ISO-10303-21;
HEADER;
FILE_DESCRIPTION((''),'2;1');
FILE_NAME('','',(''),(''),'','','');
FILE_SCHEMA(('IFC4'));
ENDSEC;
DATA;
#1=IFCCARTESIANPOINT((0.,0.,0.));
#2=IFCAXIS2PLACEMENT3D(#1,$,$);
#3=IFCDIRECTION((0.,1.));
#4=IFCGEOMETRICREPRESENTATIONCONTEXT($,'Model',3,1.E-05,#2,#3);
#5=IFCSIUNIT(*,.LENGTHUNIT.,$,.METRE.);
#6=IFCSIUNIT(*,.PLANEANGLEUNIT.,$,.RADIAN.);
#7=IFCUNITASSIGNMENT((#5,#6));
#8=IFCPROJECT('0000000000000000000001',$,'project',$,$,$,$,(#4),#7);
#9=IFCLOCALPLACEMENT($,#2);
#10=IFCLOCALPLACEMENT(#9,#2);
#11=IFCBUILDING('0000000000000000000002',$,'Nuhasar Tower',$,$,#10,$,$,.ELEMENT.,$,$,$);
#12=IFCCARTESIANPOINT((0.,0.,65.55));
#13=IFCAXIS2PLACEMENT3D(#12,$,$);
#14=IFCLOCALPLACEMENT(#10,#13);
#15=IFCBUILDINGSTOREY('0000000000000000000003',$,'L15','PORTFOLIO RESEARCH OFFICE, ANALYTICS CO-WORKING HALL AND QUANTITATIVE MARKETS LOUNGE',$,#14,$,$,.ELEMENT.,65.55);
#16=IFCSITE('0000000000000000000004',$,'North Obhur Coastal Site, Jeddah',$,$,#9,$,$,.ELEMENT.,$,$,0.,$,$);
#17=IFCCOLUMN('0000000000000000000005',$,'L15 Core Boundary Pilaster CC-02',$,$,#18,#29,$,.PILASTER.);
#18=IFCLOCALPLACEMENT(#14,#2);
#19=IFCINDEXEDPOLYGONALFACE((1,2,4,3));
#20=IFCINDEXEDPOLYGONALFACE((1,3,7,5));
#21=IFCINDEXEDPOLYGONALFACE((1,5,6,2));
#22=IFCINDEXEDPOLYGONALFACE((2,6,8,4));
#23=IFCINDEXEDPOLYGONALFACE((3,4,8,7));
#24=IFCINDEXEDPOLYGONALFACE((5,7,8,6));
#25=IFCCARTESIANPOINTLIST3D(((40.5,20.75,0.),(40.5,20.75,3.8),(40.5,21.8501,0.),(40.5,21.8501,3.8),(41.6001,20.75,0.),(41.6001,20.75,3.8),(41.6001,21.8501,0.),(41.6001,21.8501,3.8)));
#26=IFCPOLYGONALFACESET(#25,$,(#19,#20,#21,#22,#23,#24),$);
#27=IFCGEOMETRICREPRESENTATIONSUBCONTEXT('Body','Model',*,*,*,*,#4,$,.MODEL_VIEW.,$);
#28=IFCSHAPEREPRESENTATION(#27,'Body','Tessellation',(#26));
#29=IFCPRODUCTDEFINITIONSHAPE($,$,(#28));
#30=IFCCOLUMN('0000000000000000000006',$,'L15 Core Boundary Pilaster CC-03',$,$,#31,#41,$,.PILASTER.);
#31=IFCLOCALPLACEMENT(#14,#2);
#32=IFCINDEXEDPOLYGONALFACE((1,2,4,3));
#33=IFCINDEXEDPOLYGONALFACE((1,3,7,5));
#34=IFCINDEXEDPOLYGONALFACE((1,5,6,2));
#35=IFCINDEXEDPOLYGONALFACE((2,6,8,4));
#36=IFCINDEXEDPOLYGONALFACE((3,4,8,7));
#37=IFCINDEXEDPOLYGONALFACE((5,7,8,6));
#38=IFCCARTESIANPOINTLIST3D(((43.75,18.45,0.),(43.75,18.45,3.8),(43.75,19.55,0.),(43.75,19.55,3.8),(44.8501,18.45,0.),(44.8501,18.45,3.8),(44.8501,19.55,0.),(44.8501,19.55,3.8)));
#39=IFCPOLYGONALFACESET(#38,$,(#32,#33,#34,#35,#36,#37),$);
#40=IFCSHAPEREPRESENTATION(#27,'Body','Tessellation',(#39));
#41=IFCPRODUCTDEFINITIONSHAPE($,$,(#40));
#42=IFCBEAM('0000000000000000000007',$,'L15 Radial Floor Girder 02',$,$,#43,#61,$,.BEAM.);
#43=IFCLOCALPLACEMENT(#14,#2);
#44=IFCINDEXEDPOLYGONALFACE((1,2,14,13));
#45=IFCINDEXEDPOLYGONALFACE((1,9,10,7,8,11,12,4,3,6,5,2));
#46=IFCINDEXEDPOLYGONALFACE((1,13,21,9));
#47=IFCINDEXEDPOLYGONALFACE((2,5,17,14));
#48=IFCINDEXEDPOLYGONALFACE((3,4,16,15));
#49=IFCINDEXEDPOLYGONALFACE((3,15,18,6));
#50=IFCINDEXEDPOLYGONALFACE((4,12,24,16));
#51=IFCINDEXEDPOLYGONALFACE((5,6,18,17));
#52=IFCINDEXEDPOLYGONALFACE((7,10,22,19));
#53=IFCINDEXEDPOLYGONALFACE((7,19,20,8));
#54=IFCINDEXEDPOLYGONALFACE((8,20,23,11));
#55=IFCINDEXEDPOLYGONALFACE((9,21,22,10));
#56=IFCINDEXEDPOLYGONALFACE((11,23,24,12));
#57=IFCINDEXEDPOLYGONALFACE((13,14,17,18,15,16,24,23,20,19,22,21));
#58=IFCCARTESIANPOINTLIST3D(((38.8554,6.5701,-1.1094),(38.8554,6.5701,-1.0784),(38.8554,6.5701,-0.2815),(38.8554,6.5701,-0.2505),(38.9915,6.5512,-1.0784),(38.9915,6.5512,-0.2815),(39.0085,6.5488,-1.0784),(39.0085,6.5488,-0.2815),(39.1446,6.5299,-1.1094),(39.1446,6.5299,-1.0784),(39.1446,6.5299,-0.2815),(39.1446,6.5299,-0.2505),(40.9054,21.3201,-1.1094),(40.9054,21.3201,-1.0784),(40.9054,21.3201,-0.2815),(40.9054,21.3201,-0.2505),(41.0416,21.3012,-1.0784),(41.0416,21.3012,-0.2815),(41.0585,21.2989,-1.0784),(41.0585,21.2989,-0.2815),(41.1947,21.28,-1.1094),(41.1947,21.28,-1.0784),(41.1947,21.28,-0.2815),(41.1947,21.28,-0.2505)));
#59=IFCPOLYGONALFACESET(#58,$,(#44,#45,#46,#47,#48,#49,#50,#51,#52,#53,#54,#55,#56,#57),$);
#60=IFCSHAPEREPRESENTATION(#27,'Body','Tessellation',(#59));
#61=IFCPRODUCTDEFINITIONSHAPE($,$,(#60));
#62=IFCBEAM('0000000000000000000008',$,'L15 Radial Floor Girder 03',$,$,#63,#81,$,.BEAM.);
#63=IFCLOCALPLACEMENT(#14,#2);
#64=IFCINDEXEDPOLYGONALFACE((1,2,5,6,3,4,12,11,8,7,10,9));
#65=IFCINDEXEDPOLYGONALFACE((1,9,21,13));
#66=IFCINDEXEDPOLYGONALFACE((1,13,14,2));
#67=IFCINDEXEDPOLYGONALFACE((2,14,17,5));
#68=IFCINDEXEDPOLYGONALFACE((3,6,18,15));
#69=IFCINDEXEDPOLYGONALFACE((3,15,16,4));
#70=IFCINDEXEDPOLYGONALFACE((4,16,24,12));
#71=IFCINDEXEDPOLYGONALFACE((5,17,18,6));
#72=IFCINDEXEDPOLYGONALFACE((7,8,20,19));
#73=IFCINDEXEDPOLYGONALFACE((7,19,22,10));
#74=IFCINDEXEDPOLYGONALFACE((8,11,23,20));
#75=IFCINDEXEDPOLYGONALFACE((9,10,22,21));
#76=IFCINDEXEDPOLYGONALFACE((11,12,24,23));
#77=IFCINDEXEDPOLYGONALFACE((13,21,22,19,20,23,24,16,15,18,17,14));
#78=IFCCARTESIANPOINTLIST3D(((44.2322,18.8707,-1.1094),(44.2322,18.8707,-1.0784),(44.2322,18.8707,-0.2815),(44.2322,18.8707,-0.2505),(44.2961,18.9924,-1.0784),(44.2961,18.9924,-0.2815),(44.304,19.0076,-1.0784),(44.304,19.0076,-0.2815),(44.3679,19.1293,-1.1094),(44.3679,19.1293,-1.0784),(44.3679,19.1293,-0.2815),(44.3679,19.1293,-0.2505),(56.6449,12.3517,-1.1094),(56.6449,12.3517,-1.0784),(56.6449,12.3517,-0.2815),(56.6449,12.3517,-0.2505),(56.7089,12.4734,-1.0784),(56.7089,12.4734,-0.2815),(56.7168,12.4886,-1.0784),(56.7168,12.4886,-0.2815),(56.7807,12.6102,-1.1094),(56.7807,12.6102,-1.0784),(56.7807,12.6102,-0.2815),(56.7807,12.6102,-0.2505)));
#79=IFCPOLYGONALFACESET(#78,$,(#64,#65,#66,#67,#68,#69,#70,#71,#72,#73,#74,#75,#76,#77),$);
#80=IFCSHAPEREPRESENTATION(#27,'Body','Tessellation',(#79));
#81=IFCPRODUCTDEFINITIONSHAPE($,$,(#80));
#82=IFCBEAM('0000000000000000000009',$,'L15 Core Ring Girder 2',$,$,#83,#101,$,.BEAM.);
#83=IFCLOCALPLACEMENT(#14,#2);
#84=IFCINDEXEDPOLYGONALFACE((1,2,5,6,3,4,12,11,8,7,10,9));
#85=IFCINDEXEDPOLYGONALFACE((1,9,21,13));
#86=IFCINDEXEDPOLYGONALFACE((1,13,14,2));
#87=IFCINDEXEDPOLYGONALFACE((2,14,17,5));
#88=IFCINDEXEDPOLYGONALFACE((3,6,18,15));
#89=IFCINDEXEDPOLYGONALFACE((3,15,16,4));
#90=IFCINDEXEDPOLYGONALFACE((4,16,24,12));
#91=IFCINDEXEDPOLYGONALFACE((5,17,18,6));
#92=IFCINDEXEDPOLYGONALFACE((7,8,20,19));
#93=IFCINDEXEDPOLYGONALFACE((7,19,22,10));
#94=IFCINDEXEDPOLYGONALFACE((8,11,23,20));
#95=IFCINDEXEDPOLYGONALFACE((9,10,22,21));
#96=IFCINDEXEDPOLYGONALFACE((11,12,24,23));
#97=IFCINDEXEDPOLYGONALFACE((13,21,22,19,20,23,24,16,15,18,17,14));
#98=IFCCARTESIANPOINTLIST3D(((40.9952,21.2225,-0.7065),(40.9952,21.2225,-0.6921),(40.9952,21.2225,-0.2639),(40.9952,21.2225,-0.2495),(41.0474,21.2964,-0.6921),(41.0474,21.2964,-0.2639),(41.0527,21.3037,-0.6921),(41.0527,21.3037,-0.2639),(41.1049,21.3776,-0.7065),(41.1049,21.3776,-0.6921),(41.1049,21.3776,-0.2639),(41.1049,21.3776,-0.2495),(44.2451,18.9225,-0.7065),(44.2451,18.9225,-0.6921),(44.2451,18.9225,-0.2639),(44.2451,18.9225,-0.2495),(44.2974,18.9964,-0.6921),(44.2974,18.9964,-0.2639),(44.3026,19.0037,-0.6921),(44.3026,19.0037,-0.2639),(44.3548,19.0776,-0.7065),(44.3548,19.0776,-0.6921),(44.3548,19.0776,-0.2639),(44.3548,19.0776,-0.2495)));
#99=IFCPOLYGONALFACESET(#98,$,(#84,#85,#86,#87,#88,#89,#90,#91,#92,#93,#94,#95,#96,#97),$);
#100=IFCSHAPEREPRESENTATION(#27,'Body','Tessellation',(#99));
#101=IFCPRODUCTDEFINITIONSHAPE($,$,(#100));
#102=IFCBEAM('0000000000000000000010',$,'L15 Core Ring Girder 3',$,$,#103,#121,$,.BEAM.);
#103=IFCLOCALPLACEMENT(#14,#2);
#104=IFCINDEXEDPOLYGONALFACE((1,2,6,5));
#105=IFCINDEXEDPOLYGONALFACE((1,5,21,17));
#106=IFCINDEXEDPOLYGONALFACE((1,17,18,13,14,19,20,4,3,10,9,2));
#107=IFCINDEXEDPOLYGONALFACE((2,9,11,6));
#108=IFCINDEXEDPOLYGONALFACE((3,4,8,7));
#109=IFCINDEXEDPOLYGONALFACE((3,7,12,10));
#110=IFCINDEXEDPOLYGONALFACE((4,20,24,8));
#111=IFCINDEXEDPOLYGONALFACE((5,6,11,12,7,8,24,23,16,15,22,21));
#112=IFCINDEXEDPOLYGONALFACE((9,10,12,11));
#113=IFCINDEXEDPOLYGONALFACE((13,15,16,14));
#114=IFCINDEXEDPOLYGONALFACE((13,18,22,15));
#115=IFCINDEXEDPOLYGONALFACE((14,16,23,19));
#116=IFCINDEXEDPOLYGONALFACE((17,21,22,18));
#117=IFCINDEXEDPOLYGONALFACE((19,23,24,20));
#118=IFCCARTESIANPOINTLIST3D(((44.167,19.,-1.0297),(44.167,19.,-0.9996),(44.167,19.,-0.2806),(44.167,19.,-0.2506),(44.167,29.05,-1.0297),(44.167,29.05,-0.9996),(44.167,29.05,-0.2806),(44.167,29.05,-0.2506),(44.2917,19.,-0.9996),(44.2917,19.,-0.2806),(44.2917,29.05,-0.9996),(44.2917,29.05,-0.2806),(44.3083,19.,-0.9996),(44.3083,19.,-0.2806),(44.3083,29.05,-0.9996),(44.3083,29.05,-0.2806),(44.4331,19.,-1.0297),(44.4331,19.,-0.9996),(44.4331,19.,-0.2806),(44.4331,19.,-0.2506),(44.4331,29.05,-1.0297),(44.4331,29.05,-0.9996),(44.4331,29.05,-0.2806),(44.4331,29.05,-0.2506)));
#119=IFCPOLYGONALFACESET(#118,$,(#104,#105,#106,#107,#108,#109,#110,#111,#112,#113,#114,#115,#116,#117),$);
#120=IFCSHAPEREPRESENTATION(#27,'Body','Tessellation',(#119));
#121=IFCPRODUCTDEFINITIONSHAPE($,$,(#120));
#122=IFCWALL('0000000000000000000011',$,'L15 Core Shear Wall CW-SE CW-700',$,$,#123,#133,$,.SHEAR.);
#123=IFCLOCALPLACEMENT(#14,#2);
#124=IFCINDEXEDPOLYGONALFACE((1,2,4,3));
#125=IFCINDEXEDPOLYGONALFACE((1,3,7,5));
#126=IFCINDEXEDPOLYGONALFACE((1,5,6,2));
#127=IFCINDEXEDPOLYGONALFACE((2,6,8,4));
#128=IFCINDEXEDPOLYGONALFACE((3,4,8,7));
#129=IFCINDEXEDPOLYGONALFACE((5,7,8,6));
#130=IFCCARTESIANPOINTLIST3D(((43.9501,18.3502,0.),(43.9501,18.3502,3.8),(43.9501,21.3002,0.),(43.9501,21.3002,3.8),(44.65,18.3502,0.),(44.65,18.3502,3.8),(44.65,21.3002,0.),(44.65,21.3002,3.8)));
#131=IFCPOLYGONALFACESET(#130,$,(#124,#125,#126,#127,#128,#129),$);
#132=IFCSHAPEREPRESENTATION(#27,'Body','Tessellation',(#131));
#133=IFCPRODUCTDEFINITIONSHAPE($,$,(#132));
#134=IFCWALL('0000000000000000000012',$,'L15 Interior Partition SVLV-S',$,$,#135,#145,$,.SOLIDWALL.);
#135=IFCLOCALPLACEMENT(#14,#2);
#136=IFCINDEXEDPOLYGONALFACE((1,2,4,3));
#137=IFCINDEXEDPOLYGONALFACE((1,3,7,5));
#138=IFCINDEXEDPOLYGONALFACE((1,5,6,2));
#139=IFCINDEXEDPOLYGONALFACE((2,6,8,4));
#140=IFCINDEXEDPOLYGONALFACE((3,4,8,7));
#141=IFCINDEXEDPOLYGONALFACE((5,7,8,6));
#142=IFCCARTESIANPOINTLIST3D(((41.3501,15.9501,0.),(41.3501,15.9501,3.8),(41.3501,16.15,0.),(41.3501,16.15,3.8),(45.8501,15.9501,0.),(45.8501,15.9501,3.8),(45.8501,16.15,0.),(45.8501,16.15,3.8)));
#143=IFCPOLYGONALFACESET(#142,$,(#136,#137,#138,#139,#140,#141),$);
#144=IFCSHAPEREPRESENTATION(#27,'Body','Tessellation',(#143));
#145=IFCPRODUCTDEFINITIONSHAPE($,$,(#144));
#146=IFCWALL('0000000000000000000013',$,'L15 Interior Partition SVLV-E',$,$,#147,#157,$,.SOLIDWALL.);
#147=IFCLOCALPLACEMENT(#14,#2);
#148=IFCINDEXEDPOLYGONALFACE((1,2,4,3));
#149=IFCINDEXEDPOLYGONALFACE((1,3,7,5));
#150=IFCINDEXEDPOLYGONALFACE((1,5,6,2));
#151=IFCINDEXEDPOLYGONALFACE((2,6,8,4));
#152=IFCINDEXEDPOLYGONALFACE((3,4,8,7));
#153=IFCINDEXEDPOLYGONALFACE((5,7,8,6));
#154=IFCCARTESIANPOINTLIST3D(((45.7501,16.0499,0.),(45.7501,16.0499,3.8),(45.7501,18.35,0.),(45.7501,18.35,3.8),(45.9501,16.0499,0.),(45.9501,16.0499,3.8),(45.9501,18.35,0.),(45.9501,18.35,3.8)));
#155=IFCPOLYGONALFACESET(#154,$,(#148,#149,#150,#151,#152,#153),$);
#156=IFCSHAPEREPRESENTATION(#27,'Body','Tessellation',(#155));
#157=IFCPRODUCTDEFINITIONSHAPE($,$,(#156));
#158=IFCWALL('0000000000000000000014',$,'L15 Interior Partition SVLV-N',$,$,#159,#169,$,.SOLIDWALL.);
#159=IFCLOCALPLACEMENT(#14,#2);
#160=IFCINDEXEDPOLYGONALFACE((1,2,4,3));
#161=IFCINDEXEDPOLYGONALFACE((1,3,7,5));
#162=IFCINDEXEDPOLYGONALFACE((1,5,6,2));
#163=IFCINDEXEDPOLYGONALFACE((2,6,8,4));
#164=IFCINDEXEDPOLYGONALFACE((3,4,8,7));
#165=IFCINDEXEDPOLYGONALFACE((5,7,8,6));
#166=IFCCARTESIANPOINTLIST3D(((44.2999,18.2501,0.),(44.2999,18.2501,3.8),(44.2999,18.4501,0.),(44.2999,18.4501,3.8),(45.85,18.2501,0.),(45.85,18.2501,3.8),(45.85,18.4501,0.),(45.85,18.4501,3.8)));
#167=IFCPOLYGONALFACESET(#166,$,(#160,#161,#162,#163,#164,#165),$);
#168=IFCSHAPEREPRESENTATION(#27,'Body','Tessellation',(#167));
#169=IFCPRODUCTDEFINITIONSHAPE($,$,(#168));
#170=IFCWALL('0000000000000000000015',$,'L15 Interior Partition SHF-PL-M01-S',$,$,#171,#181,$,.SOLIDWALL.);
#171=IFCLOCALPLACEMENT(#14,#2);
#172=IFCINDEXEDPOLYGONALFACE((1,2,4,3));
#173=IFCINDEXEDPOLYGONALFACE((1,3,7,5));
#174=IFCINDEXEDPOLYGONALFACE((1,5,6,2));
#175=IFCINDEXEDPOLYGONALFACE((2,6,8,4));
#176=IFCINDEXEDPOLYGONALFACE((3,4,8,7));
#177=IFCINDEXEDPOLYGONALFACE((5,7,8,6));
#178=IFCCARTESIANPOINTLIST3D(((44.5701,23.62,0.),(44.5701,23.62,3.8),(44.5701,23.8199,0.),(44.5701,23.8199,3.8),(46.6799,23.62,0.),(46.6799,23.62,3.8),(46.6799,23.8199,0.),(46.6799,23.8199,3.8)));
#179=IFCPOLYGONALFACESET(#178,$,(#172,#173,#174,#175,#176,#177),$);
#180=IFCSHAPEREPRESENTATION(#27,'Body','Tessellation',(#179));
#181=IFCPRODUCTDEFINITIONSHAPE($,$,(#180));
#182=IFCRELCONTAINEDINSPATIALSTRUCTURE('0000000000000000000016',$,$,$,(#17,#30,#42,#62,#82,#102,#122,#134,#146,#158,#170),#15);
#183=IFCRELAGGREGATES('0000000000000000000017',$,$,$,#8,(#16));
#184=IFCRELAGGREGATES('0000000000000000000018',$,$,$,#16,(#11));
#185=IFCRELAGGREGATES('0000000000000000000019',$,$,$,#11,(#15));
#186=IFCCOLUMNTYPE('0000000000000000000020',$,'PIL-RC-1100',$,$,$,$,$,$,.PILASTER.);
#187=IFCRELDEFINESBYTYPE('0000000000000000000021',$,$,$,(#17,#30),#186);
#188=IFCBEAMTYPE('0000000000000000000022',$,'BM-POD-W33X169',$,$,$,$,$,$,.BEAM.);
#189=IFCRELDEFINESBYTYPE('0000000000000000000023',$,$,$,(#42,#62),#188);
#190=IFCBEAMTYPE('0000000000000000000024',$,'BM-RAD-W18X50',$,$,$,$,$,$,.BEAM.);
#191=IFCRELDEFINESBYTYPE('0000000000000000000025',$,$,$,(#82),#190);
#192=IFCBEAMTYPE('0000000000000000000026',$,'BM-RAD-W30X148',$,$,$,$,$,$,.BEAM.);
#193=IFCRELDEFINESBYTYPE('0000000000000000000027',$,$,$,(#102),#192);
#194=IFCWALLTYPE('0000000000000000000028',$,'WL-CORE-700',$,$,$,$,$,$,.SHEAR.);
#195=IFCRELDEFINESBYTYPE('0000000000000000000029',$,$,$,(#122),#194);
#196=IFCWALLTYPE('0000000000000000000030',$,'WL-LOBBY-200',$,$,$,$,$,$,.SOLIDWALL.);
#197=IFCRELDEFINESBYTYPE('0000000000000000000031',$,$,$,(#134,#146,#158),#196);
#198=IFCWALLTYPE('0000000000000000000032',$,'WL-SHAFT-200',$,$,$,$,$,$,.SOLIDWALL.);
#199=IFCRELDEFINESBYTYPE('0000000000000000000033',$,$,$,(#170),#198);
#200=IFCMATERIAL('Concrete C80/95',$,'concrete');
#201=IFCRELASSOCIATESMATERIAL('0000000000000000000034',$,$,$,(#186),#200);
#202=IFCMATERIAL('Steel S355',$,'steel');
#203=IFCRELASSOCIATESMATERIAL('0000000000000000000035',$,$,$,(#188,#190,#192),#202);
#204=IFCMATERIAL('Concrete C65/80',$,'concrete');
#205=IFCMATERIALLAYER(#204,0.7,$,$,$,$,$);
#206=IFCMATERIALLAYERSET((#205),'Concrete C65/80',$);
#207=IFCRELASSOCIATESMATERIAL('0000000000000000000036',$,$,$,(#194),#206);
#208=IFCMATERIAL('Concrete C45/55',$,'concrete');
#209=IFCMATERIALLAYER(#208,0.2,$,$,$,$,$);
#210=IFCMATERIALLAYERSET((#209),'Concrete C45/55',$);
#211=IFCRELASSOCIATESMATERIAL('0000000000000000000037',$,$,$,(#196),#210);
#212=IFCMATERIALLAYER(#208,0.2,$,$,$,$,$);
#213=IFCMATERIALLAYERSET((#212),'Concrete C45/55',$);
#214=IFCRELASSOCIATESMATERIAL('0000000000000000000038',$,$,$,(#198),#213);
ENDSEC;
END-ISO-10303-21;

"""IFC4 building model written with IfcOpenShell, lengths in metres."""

from ifc_helpers import new_model, si_unit, direction, frame, frame_2d, origin, origin_2d, place, context, subcontext, project, spatial, rectangle, i_section, extrude, material, layer, layer_set, material_profile, profile_set, type_object, element, save


model = new_model("IFC4")

# Units and contexts
model_context = context("Model", 3, precision=1e-05, world=origin(), true_north=direction((0.0, 1.0)))
body_context = subcontext(model_context, "Body", "Model", "MODEL_VIEW")
ifc_project = project(units=[si_unit("LENGTHUNIT", "METRE"), si_unit("PLANEANGLEUNIT", "RADIAN")], contexts=[model_context])

# Site, building, storey
site_placement = place(None, origin())
site = spatial("IfcSite", under=ifc_project, at=site_placement, Name="North Obhur Coastal Site, Jeddah", CompositionType="ELEMENT", RefElevation=0.0)
building_placement = place(site_placement, origin())
building = spatial("IfcBuilding", under=site, at=building_placement, Name="Nuhasar Tower", CompositionType="ELEMENT")
storey_placement = place(building_placement, frame((0.0, 0.0, 65.55)))
storey = spatial("IfcBuildingStorey", under=building, at=storey_placement, Name="L15", Description="PORTFOLIO RESEARCH OFFICE, ANALYTICS CO-WORKING HALL AND QUANTITATIVE MARKETS LOUNGE", CompositionType="ELEMENT", Elevation=65.55)

# Columns
ifc_material_1 = material(Name="Concrete C80/95", Category="concrete")
ifc_material_profile_1 = material_profile(ifc_material_1, rectangle(XDim=1.1001, YDim=1.1001, at=origin_2d()), Name="RC1100X1100")
ifc_profile_set_1 = profile_set([ifc_material_profile_1], Name="Concrete C80/95")
column_type = type_object("IfcColumnType", Name="PIL-RC-1100", PredefinedType="PILASTER", material=ifc_profile_set_1)
for number, where, z_axis, x_axis, name in (
    (1, (41.05, 21.3, 0.0), (0.0, 0.0, 1.0), (1.0, 0.0, 0.0), "L15 Core Boundary Pilaster CC-02"),
    (2, (44.3, 19.0, 0.0), (0.0, 0.0, 1.0), (1.0, 0.0, 0.0), "L15 Core Boundary Pilaster CC-03"),
):
    element("IfcColumn", number, at=place(storey_placement, frame(where, z_axis=z_axis, x_axis=x_axis)), inside=storey, type_object=column_type, Name=name, PredefinedType="PILASTER", context=body_context, shape_type="SweptSolid", body=[
        extrude(rectangle(XDim=1.1001, YDim=1.1001, at=origin_2d()), origin(), (0.0, 0.0, 1.0), 3.8),
    ])

# Beams
ifc_material_2 = material(Name="Steel S355", Category="steel")
ifc_material_profile_2 = material_profile(ifc_material_2, i_section(OverallWidth=0.292, OverallDepth=0.8589, WebThickness=0.0171, FlangeThickness=0.031, at=origin_2d()), Name="W33X169")
ifc_profile_set_2 = profile_set([ifc_material_profile_2], Name="Steel S355")
beam_type_1 = type_object("IfcBeamType", Name="BM-POD-W33X169", PredefinedType="BEAM", material=ifc_profile_set_2)
beam_1_placement = place(storey_placement, frame((41.05, 21.3, -0.6799), z_axis=(-0.137663, -0.990479, 0.0), x_axis=(0.990479, -0.137663, 0.0)))
element("IfcBeam", 3, at=beam_1_placement, inside=storey, type_object=beam_type_1, Name="L15 Radial Floor Girder 02", PredefinedType="BEAM", context=body_context, shape_type="SweptSolid", body=[
    extrude(i_section(OverallWidth=0.292, OverallDepth=0.8589, WebThickness=0.0171, FlangeThickness=0.031, at=origin_2d()), origin(), (0.0, 0.0, 1.0), 14.8918),
])
beam_2_placement = place(storey_placement, frame((44.3, 19.0, -0.6799), z_axis=(0.88533, -0.464963, 0.0), x_axis=(0.464963, 0.88533, 0.0)))
element("IfcBeam", 4, at=beam_2_placement, inside=storey, type_object=beam_type_1, Name="L15 Radial Floor Girder 03", PredefinedType="BEAM", context=body_context, shape_type="SweptSolid", body=[
    extrude(i_section(OverallWidth=0.292, OverallDepth=0.8589, WebThickness=0.0171, FlangeThickness=0.031, at=origin_2d()), origin(), (0.0, 0.0, 1.0), 14.0205),
])
ifc_material_profile_3 = material_profile(ifc_material_2, i_section(OverallWidth=0.1899, OverallDepth=0.457, WebThickness=0.009, FlangeThickness=0.0144, at=origin_2d()), Name="W18X50")
ifc_profile_set_3 = profile_set([ifc_material_profile_3], Name="Steel S355")
beam_type_2 = type_object("IfcBeamType", Name="BM-RAD-W18X50", PredefinedType="BEAM", material=ifc_profile_set_3)
beam_3_placement = place(storey_placement, frame((41.05, 21.3, -0.478), z_axis=(0.816265, -0.577677, 0.0), x_axis=(0.577677, 0.816265, 0.0)))
element("IfcBeam", 5, at=beam_3_placement, inside=storey, type_object=beam_type_2, Name="L15 Core Ring Girder 2", PredefinedType="BEAM", context=body_context, shape_type="SweptSolid", body=[
    extrude(i_section(OverallWidth=0.1899, OverallDepth=0.457, WebThickness=0.009, FlangeThickness=0.0144, at=origin_2d()), origin(), (0.0, 0.0, 1.0), 3.9814),
])
ifc_material_profile_4 = material_profile(ifc_material_2, i_section(OverallWidth=0.2661, OverallDepth=0.7791, WebThickness=0.0166, FlangeThickness=0.03, at=origin_2d()), Name="W30X148")
ifc_profile_set_4 = profile_set([ifc_material_profile_4], Name="Steel S355")
beam_type_3 = type_object("IfcBeamType", Name="BM-RAD-W30X148", PredefinedType="BEAM", material=ifc_profile_set_4)
beam_4_placement = place(storey_placement, frame((44.3, 19.0, -0.6401), z_axis=(0.0, 1.0, 0.0), x_axis=(-1.0, 0.0, 0.0)))
element("IfcBeam", 6, at=beam_4_placement, inside=storey, type_object=beam_type_3, Name="L15 Core Ring Girder 3", PredefinedType="BEAM", context=body_context, shape_type="SweptSolid", body=[
    extrude(i_section(OverallWidth=0.2661, OverallDepth=0.7791, WebThickness=0.0166, FlangeThickness=0.03, at=origin_2d()), origin(), (0.0, 0.0, 1.0), 10.05),
])

# Wall
ifc_material_3 = material(Name="Concrete C65/80", Category="concrete")
ifc_layer_1 = layer(ifc_material_3, 0.7)
ifc_layer_set_1 = layer_set([ifc_layer_1], Name="Concrete C65/80")
wall_type_1 = type_object("IfcWallType", Name="WL-CORE-700", PredefinedType="SHEAR", material=ifc_layer_set_1)
wall_1_placement = place(storey_placement, frame((44.3, 18.3501, 0.0), z_axis=(0.0, 0.0, 1.0), x_axis=(0.0, 1.0, 0.0)))
element("IfcWall", 7, at=wall_1_placement, inside=storey, type_object=wall_type_1, Name="L15 Core Shear Wall CW-SE CW-700", PredefinedType="SHEAR", context=body_context, shape_type="SweptSolid", body=[
    extrude(rectangle(XDim=2.95, YDim=0.7, at=frame_2d((1.4751, 0.0))), origin(), (0.0, 0.0, 1.0), 3.8),
])

# Shared definitions
ifc_material_4 = material(Name="Concrete C45/55", Category="concrete")
ifc_layer_2 = layer(ifc_material_4, 0.2)
ifc_layer_set_2 = layer_set([ifc_layer_2], Name="Concrete C45/55")
wall_type_2 = type_object("IfcWallType", Name="WL-LOBBY-200", PredefinedType="SOLIDWALL", material=ifc_layer_set_2)

# Walls
wall_2_placement = place(storey_placement, frame((41.3501, 16.05, 0.0), z_axis=(0.0, 0.0, 1.0), x_axis=(1.0, 0.0, 0.0)))
element("IfcWall", 8, at=wall_2_placement, inside=storey, type_object=wall_type_2, Name="L15 Interior Partition SVLV-S", PredefinedType="SOLIDWALL", context=body_context, shape_type="SweptSolid", body=[
    extrude(rectangle(XDim=4.5, YDim=0.2, at=frame_2d((2.25, 0.0))), origin(), (0.0, 0.0, 1.0), 3.8),
])
wall_3_placement = place(storey_placement, frame((45.8501, 16.05, 0.0), z_axis=(0.0, 0.0, 1.0), x_axis=(0.0, 1.0, 0.0)))
element("IfcWall", 9, at=wall_3_placement, inside=storey, type_object=wall_type_2, Name="L15 Interior Partition SVLV-E", PredefinedType="SOLIDWALL", context=body_context, shape_type="SweptSolid", body=[
    extrude(rectangle(XDim=2.3, YDim=0.2, at=frame_2d((1.1499, 0.0))), origin(), (0.0, 0.0, 1.0), 3.8),
])
wall_4_placement = place(storey_placement, frame((44.3, 18.3501, 0.0), z_axis=(0.0, 0.0, 1.0), x_axis=(1.0, 0.0, 0.0)))
element("IfcWall", 10, at=wall_4_placement, inside=storey, type_object=wall_type_2, Name="L15 Interior Partition SVLV-N", PredefinedType="SOLIDWALL", context=body_context, shape_type="SweptSolid", body=[
    extrude(rectangle(XDim=1.55, YDim=0.2, at=frame_2d((0.7749, 0.0))), origin(), (0.0, 0.0, 1.0), 3.8),
])
ifc_layer_3 = layer(ifc_material_4, 0.2)
ifc_layer_set_3 = layer_set([ifc_layer_3], Name="Concrete C45/55")
wall_type_3 = type_object("IfcWallType", Name="WL-SHAFT-200", PredefinedType="SOLIDWALL", material=ifc_layer_set_3)
for number, where, z_axis, x_axis, name in (
    (11, (44.5701, 23.72, 0.0), (0.0, 0.0, 1.0), (1.0, 0.0, 0.0), "L15 Interior Partition SHF-PL-M01-S"),
):
    element("IfcWall", number, at=place(storey_placement, frame(where, z_axis=z_axis, x_axis=x_axis)), inside=storey, type_object=wall_type_3, Name=name, PredefinedType="SOLIDWALL", context=body_context, shape_type="SweptSolid", body=[
        extrude(rectangle(XDim=2.1099, YDim=0.2, at=frame_2d((1.0549, 0.0))), origin(), (0.0, 0.0, 1.0), 3.8),
    ])

save(model, "model.ifc")
